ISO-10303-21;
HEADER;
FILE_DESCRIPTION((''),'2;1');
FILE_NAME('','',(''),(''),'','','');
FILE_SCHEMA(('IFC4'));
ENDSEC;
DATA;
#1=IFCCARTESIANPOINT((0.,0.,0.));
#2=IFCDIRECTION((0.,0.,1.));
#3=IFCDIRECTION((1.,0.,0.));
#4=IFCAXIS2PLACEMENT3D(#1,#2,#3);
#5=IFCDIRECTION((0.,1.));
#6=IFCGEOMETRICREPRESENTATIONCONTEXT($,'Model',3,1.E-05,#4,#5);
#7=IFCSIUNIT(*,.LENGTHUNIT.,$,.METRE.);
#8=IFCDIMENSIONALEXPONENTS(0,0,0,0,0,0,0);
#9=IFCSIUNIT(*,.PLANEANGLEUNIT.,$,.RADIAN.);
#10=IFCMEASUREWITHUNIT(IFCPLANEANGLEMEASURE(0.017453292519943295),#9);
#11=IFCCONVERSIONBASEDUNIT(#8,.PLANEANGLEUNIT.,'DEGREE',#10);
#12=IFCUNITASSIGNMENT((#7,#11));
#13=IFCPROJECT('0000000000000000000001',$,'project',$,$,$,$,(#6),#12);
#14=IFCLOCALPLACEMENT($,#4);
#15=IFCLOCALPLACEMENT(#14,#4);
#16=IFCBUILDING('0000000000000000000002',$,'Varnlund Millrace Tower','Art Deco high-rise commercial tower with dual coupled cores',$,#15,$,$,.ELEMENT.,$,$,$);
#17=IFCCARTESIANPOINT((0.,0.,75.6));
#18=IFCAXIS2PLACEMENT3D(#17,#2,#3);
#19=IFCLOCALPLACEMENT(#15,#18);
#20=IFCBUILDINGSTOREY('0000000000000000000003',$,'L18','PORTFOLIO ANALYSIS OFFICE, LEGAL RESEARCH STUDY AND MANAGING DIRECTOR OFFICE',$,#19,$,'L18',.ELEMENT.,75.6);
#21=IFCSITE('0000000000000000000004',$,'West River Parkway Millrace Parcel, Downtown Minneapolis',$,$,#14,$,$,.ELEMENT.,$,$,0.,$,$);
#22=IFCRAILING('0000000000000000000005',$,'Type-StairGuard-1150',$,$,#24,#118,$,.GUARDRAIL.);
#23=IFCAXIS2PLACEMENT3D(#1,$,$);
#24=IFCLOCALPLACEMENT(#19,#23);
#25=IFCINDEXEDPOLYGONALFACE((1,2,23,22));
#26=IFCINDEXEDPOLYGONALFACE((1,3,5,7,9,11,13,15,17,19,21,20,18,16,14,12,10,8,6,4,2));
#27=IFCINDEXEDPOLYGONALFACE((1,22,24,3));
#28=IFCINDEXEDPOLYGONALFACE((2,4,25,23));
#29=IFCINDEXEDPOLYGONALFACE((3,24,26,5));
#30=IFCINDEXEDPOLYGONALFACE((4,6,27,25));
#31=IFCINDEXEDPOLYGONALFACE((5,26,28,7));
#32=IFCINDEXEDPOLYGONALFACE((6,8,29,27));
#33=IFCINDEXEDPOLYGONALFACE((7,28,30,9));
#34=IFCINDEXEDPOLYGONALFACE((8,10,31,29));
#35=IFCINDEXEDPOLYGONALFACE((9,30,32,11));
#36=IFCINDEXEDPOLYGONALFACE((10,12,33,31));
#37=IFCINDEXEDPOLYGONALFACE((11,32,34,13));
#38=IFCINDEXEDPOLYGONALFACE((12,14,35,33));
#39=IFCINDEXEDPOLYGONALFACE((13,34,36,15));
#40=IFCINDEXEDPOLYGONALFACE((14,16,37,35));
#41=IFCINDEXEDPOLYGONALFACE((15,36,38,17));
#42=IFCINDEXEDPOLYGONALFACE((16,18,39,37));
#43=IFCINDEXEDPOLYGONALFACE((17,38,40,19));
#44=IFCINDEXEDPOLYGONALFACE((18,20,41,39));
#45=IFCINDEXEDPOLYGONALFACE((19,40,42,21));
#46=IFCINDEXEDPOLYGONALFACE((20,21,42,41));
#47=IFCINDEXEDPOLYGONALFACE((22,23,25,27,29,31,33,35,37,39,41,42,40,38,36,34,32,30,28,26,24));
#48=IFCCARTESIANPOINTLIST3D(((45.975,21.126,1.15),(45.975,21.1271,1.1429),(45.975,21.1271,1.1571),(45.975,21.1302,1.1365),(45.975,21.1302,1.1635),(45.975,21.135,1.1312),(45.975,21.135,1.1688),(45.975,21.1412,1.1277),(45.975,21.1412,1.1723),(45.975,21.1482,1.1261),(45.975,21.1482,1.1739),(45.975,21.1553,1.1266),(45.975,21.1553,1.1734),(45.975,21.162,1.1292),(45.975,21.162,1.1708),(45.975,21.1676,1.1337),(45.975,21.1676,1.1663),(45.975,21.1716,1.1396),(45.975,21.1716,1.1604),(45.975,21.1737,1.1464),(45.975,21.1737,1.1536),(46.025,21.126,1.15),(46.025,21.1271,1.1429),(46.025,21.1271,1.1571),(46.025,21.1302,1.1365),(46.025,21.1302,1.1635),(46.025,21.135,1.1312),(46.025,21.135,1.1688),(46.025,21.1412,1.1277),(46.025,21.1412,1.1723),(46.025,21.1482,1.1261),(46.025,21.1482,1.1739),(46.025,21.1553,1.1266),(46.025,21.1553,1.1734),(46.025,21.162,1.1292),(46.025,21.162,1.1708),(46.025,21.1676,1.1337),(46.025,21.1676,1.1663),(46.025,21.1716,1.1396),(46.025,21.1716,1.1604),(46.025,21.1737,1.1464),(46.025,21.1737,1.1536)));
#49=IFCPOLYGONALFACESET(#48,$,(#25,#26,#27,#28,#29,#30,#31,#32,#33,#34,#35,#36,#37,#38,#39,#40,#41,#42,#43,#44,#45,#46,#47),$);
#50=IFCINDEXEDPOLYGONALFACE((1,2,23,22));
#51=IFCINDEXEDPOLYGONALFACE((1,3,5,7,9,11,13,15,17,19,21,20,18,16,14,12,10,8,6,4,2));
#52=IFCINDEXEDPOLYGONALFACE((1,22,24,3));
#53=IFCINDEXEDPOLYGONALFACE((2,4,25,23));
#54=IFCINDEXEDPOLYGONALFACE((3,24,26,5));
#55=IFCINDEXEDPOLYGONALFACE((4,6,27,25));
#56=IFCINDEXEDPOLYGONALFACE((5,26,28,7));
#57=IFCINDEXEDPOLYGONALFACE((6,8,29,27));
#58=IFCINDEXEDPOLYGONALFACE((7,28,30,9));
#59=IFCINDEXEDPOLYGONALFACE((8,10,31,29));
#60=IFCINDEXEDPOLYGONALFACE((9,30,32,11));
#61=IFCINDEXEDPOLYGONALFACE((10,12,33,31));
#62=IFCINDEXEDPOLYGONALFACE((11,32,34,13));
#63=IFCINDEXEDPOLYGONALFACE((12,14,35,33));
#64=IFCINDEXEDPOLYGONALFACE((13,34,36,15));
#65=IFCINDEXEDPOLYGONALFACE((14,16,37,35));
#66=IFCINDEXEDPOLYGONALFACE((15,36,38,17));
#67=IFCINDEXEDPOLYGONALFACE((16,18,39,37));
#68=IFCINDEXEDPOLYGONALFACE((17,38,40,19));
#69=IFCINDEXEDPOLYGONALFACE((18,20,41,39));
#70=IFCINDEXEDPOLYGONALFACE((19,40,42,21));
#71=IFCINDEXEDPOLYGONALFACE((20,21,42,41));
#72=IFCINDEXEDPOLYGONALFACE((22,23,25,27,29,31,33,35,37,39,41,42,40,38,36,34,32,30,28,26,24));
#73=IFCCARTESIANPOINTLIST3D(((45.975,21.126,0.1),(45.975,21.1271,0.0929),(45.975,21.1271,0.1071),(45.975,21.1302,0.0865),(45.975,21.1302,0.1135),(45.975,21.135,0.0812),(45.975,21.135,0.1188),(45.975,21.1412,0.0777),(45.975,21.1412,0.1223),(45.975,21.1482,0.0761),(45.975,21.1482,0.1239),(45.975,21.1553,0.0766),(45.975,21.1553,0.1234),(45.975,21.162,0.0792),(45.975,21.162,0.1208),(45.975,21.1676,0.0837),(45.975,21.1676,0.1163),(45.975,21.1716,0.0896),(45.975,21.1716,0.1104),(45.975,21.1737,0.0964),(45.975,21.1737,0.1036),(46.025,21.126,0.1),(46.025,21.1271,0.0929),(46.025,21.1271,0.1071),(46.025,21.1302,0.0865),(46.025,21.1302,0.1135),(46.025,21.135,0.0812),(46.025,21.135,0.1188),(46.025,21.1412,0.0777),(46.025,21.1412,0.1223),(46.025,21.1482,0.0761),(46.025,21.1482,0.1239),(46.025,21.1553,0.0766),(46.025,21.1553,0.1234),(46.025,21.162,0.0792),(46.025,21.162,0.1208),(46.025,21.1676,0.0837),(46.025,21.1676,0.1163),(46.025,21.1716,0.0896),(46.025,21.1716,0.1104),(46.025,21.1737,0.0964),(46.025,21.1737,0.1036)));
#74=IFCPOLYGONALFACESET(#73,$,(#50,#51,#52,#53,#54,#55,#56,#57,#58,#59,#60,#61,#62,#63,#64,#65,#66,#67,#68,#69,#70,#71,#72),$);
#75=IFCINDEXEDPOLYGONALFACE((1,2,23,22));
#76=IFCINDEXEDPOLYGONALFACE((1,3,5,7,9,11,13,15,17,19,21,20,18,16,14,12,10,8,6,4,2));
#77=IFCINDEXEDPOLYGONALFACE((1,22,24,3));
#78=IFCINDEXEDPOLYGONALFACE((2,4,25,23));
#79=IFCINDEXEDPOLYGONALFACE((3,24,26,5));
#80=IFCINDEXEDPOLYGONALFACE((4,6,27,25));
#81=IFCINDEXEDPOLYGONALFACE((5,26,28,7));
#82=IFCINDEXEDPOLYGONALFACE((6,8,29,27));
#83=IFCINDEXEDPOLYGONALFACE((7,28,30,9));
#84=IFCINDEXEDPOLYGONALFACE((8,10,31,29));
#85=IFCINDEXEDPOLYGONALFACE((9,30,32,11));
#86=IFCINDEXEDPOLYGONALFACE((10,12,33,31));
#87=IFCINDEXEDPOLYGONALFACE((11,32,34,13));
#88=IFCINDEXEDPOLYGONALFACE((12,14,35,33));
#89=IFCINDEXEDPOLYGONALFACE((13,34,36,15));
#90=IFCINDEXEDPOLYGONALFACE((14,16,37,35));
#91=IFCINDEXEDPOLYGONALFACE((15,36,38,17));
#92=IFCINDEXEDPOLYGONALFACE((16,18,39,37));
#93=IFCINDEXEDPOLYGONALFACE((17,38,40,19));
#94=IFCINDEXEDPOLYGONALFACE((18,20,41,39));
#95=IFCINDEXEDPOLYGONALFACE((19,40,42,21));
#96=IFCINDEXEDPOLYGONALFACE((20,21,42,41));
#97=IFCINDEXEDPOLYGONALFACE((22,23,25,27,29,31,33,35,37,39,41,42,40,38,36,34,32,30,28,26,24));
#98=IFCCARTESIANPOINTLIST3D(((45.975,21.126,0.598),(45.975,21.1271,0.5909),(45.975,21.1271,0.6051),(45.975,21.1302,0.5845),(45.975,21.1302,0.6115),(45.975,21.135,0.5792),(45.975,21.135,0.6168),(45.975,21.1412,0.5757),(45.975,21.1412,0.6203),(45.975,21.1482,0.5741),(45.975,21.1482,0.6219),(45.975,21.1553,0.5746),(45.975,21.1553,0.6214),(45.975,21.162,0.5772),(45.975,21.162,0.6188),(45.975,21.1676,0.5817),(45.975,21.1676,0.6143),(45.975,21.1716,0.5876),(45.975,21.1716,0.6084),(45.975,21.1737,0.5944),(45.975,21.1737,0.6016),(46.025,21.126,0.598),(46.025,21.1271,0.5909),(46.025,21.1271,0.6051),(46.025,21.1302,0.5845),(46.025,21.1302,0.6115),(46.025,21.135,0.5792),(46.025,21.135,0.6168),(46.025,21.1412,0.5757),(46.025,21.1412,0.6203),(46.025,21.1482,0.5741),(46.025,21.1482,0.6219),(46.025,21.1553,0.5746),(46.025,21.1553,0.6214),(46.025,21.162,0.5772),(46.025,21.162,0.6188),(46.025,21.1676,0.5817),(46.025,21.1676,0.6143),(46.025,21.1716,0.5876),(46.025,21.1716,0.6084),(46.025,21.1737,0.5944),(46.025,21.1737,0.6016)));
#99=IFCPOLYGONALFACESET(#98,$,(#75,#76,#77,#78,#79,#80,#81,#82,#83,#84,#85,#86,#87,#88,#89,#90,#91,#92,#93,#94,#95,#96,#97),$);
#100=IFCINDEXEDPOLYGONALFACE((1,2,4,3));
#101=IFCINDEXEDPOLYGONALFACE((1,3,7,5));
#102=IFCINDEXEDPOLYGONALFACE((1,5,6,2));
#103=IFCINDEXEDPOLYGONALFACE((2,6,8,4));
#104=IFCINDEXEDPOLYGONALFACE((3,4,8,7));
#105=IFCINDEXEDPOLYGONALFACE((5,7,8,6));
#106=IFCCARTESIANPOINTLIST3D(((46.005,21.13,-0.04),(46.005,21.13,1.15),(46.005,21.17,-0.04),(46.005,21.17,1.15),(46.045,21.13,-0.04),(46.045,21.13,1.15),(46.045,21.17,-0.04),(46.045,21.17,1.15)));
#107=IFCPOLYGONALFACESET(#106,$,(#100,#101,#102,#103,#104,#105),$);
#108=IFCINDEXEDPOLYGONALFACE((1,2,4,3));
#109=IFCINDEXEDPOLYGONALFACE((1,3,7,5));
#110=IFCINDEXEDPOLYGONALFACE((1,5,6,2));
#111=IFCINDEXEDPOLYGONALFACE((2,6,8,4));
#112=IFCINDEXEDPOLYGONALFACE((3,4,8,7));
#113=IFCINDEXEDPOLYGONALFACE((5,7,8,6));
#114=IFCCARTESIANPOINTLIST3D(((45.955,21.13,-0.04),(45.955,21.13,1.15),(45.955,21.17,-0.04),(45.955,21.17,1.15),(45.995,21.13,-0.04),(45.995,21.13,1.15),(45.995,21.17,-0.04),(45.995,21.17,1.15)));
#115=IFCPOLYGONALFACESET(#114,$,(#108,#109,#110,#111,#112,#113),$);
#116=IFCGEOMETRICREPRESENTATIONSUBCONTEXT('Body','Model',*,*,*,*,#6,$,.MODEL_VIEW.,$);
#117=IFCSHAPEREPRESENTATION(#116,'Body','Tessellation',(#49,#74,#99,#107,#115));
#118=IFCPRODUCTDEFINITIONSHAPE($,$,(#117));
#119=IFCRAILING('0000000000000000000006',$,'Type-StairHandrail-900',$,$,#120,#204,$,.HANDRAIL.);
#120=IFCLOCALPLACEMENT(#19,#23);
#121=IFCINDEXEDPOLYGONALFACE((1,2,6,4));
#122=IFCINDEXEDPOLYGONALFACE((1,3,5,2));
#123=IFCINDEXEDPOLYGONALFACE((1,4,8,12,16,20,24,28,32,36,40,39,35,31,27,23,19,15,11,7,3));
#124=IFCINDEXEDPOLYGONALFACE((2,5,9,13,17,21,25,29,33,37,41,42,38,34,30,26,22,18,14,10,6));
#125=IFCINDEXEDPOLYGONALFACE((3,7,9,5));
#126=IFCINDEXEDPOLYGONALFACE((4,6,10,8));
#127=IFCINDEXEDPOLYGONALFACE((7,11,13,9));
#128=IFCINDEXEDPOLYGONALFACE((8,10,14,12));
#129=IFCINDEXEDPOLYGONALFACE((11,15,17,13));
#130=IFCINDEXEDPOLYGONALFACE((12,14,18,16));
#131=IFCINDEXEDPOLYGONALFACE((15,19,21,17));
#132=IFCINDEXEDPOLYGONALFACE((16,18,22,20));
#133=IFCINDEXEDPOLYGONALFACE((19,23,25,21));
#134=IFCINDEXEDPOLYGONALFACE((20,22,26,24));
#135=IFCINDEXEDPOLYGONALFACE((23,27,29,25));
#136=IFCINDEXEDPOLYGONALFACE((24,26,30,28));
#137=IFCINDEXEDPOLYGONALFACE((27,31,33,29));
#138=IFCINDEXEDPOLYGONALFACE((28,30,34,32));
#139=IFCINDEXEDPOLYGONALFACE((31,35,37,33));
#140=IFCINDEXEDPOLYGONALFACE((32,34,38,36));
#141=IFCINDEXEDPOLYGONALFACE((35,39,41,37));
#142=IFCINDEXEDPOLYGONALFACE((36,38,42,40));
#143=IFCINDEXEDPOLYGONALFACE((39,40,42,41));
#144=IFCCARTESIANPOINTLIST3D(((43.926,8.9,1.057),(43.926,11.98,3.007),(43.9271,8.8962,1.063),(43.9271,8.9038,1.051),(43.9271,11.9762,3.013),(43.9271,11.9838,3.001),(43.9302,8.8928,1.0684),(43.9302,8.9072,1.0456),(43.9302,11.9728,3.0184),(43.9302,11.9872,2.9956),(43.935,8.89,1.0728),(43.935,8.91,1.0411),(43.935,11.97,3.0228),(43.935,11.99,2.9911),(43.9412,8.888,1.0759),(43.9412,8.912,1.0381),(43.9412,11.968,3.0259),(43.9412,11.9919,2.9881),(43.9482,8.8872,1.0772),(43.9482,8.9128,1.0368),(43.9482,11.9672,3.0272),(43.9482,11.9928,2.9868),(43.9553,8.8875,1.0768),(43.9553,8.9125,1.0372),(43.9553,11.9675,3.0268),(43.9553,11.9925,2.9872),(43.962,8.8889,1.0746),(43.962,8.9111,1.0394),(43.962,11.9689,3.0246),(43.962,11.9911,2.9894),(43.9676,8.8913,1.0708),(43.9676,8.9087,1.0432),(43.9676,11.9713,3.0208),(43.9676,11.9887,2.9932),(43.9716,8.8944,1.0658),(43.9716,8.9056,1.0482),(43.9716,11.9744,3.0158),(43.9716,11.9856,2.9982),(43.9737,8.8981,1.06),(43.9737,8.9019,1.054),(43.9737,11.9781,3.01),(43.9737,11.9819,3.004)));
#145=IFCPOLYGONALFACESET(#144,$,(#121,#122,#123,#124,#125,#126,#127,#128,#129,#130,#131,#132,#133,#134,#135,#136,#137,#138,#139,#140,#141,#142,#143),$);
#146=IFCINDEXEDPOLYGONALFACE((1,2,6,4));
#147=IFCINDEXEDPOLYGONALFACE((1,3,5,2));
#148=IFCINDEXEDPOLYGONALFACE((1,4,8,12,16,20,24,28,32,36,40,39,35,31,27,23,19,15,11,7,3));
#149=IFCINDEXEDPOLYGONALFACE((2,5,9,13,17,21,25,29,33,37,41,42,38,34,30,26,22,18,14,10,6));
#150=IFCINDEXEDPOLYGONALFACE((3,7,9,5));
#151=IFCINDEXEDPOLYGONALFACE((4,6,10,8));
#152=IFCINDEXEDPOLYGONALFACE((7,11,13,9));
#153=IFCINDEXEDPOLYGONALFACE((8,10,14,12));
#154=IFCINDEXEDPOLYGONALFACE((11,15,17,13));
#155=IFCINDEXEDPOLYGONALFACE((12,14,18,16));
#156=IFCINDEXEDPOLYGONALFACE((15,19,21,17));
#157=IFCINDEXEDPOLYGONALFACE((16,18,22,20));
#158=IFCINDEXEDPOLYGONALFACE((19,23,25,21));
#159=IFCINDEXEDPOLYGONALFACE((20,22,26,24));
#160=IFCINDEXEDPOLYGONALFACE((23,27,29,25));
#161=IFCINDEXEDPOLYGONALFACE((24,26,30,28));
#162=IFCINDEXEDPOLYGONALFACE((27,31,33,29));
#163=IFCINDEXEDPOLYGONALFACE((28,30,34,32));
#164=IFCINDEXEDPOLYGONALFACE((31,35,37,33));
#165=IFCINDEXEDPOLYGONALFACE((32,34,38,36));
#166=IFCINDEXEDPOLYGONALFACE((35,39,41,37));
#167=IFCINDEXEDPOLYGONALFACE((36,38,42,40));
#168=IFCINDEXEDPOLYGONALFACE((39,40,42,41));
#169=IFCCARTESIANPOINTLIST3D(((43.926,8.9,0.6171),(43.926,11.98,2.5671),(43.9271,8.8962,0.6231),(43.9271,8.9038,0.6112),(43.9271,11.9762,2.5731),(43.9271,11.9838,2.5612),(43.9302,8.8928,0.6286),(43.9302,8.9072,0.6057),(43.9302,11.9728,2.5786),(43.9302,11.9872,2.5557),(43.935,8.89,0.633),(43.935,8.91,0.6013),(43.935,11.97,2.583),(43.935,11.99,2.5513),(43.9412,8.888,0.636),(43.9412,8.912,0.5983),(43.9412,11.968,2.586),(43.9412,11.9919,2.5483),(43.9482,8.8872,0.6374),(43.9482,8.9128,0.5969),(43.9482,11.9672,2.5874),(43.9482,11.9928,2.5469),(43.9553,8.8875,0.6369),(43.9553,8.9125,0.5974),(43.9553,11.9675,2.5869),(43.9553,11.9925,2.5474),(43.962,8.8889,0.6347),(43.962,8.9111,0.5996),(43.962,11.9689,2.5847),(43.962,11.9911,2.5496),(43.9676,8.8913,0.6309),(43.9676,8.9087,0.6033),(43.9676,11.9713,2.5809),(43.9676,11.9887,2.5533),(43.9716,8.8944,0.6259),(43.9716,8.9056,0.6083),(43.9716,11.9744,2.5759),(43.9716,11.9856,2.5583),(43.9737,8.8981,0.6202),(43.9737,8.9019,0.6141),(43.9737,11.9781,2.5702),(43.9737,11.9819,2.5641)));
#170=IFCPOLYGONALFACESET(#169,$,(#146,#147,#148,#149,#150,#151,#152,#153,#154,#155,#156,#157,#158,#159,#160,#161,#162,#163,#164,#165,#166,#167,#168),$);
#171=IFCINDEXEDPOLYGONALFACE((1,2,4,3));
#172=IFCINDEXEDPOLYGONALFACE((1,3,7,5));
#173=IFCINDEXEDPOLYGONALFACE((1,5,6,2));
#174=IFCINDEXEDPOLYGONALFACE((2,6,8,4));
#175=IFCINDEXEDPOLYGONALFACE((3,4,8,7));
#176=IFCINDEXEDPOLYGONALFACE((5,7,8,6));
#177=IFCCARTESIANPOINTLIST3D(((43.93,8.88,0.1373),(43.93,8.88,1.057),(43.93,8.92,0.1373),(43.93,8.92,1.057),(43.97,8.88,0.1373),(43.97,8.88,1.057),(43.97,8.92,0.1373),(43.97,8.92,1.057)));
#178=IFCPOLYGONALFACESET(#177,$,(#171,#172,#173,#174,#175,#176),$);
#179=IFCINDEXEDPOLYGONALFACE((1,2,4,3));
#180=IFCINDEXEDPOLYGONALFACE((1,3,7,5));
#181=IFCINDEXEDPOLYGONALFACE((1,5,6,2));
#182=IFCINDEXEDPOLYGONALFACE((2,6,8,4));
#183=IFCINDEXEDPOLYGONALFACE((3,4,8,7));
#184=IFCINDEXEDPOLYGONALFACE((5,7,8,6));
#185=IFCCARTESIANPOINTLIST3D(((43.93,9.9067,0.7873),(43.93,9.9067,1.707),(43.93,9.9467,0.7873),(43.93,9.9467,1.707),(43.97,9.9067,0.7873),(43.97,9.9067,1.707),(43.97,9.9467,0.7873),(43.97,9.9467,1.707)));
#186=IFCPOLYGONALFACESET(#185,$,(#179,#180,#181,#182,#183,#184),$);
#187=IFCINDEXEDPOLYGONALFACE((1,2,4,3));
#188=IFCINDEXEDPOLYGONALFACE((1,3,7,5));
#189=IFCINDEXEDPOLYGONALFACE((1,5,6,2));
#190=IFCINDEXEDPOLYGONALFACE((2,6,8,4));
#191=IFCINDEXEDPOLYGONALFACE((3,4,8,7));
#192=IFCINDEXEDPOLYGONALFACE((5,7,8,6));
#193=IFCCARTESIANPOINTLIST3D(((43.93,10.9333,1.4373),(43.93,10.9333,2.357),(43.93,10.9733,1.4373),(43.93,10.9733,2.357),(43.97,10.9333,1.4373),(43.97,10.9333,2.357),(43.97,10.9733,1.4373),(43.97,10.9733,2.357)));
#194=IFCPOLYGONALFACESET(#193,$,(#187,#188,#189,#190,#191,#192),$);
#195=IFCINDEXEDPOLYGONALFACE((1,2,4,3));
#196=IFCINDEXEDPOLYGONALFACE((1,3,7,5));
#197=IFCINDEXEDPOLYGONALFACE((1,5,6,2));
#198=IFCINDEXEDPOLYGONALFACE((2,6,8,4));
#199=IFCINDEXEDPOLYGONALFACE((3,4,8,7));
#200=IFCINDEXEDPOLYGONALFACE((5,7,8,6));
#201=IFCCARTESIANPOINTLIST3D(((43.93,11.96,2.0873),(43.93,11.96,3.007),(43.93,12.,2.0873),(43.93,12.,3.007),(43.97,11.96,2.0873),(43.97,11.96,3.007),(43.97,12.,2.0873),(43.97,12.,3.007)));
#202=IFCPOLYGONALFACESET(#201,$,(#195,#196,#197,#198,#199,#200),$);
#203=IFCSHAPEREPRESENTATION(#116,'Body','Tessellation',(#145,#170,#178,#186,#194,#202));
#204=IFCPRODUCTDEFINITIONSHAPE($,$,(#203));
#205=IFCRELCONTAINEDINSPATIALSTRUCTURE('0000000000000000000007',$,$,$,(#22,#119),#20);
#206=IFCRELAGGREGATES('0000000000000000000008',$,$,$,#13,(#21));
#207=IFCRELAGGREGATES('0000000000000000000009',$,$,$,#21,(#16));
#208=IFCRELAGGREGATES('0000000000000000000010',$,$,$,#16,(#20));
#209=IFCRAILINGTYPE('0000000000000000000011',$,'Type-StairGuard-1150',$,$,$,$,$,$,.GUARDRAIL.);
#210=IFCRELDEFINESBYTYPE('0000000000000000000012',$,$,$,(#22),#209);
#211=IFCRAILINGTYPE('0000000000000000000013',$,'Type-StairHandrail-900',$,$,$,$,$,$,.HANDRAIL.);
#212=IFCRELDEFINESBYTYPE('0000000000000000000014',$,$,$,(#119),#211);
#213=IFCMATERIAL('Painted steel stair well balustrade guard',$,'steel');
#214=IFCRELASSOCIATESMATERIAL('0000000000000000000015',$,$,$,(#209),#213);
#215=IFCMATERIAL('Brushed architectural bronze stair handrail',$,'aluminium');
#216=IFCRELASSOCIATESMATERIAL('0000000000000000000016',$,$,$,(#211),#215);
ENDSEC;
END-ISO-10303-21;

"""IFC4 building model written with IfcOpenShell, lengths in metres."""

from ifc_helpers import new_model, entity, si_unit, converted_unit, direction, frame, origin_with_axes, origin_2d_with_axis, place, context, subcontext, project, spatial, rectangle, circle, extrude, material, type_object, element, save


model = new_model("IFC4")

# Units and contexts
model_context = context("Model", 3, precision=1e-05, world=origin_with_axes(), true_north=direction((0.0, 1.0)))
body_context = subcontext(model_context, "Body", "Model", "MODEL_VIEW")
ifc_project = project(units=[si_unit("LENGTHUNIT", "METRE"), converted_unit("PLANEANGLEUNIT", "DEGREE", entity("IfcPlaneAngleMeasure", 0.017453292519943295), si_unit("PLANEANGLEUNIT", "RADIAN"), dimensions=[0, 0, 0, 0, 0, 0, 0])], contexts=[model_context])

# Site, building, storey
site_placement = place(None, origin_with_axes())
site = spatial("IfcSite", under=ifc_project, at=site_placement, Name="West River Parkway Millrace Parcel, Downtown Minneapolis", CompositionType="ELEMENT", RefElevation=0.0)
building_placement = place(site_placement, origin_with_axes())
building = spatial("IfcBuilding", under=site, at=building_placement, Name="Varnlund Millrace Tower", Description="Art Deco high-rise commercial tower with dual coupled cores", CompositionType="ELEMENT")
storey_placement = place(building_placement, frame((0.0, 0.0, 75.6), z_axis=(0.0, 0.0, 1.0), x_axis=(1.0, 0.0, 0.0)))
storey = spatial("IfcBuildingStorey", under=building, at=storey_placement, Name="L18", Description="PORTFOLIO ANALYSIS OFFICE, LEGAL RESEARCH STUDY AND MANAGING DIRECTOR OFFICE", LongName="L18", CompositionType="ELEMENT", Elevation=75.6)

# Railings
ifc_material_1 = material(Name="Painted steel stair well balustrade guard", Category="steel")
railing_type_1 = type_object("IfcRailingType", Name="Type-StairGuard-1150", PredefinedType="GUARDRAIL", material=ifc_material_1)
railing_1_placement = place(storey_placement, frame((0.0, 0.0, -75.6), z_axis=(0.0, 0.0, 1.0), x_axis=(1.0, 0.0, 0.0)))
element("IfcRailing", 1, at=railing_1_placement, inside=storey, type_object=railing_type_1, Name="Type-StairGuard-1150", PredefinedType="GUARDRAIL", context=body_context, shape_type="SweptSolid", body=[
    extrude(circle(Radius=0.024, at=origin_2d_with_axis()), frame((46.025, 21.15, 76.75), z_axis=(-1.0, 0.0, 0.0), x_axis=(0.0, -1.0, 0.0)), (0.0, 0.0, 1.0), 0.05),
    extrude(circle(Radius=0.024, at=origin_2d_with_axis()), frame((46.025, 21.15, 75.7), z_axis=(-1.0, 0.0, 0.0), x_axis=(0.0, -1.0, 0.0)), (0.0, 0.0, 1.0), 0.05),
    extrude(circle(Radius=0.024, at=origin_2d_with_axis()), frame((46.025, 21.15, 76.198), z_axis=(-1.0, 0.0, 0.0), x_axis=(0.0, -1.0, 0.0)), (0.0, 0.0, 1.0), 0.05),
    extrude(rectangle(XDim=0.04, YDim=0.04, at=origin_2d_with_axis()), frame((46.025, 21.15, 75.56), z_axis=(0.0, 0.0, 1.0), x_axis=(1.0, 0.0, 0.0)), (0.0, 0.0, 1.0), 1.19),
    extrude(rectangle(XDim=0.04, YDim=0.04, at=origin_2d_with_axis()), frame((45.975, 21.15, 75.56), z_axis=(0.0, 0.0, 1.0), x_axis=(1.0, 0.0, 0.0)), (0.0, 0.0, 1.0), 1.19),
])
ifc_material_2 = material(Name="Brushed architectural bronze stair handrail", Category="aluminium")
railing_type_2 = type_object("IfcRailingType", Name="Type-StairHandrail-900", PredefinedType="HANDRAIL", material=ifc_material_2)
railing_2_placement = place(storey_placement, frame((0.0, 0.0, -75.6), z_axis=(0.0, 0.0, 1.0), x_axis=(1.0, 0.0, 0.0)))
element("IfcRailing", 2, at=railing_2_placement, inside=storey, type_object=railing_type_2, Name="Type-StairHandrail-900", PredefinedType="HANDRAIL", context=body_context, shape_type="SweptSolid", body=[
    extrude(circle(Radius=0.024, at=origin_2d_with_axis()), frame((43.95, 8.9, 76.657), z_axis=(0.0, 0.844902, 0.534922), x_axis=(-1.0, 0.0, 0.0)), (0.0, 0.0, 1.0), 3.6454),
    extrude(circle(Radius=0.024, at=origin_2d_with_axis()), frame((43.95, 8.9, 76.2171), z_axis=(0.0, 0.844902, 0.534922), x_axis=(-1.0, 0.0, 0.0)), (0.0, 0.0, 1.0), 3.6454),
    extrude(rectangle(XDim=0.04, YDim=0.04, at=origin_2d_with_axis()), frame((43.95, 8.9, 75.7373), z_axis=(0.0, 0.0, 1.0), x_axis=(1.0, 0.0, 0.0)), (0.0, 0.0, 1.0), 0.9197),
    extrude(rectangle(XDim=0.04, YDim=0.04, at=origin_2d_with_axis()), frame((43.95, 9.9267, 76.3873), z_axis=(0.0, 0.0, 1.0), x_axis=(1.0, 0.0, 0.0)), (0.0, 0.0, 1.0), 0.9197),
    extrude(rectangle(XDim=0.04, YDim=0.04, at=origin_2d_with_axis()), frame((43.95, 10.9533, 77.0373), z_axis=(0.0, 0.0, 1.0), x_axis=(1.0, 0.0, 0.0)), (0.0, 0.0, 1.0), 0.9197),
    extrude(rectangle(XDim=0.04, YDim=0.04, at=origin_2d_with_axis()), frame((43.95, 11.98, 77.6873), z_axis=(0.0, 0.0, 1.0), x_axis=(1.0, 0.0, 0.0)), (0.0, 0.0, 1.0), 0.9197),
])

save(model, "model.ifc")
